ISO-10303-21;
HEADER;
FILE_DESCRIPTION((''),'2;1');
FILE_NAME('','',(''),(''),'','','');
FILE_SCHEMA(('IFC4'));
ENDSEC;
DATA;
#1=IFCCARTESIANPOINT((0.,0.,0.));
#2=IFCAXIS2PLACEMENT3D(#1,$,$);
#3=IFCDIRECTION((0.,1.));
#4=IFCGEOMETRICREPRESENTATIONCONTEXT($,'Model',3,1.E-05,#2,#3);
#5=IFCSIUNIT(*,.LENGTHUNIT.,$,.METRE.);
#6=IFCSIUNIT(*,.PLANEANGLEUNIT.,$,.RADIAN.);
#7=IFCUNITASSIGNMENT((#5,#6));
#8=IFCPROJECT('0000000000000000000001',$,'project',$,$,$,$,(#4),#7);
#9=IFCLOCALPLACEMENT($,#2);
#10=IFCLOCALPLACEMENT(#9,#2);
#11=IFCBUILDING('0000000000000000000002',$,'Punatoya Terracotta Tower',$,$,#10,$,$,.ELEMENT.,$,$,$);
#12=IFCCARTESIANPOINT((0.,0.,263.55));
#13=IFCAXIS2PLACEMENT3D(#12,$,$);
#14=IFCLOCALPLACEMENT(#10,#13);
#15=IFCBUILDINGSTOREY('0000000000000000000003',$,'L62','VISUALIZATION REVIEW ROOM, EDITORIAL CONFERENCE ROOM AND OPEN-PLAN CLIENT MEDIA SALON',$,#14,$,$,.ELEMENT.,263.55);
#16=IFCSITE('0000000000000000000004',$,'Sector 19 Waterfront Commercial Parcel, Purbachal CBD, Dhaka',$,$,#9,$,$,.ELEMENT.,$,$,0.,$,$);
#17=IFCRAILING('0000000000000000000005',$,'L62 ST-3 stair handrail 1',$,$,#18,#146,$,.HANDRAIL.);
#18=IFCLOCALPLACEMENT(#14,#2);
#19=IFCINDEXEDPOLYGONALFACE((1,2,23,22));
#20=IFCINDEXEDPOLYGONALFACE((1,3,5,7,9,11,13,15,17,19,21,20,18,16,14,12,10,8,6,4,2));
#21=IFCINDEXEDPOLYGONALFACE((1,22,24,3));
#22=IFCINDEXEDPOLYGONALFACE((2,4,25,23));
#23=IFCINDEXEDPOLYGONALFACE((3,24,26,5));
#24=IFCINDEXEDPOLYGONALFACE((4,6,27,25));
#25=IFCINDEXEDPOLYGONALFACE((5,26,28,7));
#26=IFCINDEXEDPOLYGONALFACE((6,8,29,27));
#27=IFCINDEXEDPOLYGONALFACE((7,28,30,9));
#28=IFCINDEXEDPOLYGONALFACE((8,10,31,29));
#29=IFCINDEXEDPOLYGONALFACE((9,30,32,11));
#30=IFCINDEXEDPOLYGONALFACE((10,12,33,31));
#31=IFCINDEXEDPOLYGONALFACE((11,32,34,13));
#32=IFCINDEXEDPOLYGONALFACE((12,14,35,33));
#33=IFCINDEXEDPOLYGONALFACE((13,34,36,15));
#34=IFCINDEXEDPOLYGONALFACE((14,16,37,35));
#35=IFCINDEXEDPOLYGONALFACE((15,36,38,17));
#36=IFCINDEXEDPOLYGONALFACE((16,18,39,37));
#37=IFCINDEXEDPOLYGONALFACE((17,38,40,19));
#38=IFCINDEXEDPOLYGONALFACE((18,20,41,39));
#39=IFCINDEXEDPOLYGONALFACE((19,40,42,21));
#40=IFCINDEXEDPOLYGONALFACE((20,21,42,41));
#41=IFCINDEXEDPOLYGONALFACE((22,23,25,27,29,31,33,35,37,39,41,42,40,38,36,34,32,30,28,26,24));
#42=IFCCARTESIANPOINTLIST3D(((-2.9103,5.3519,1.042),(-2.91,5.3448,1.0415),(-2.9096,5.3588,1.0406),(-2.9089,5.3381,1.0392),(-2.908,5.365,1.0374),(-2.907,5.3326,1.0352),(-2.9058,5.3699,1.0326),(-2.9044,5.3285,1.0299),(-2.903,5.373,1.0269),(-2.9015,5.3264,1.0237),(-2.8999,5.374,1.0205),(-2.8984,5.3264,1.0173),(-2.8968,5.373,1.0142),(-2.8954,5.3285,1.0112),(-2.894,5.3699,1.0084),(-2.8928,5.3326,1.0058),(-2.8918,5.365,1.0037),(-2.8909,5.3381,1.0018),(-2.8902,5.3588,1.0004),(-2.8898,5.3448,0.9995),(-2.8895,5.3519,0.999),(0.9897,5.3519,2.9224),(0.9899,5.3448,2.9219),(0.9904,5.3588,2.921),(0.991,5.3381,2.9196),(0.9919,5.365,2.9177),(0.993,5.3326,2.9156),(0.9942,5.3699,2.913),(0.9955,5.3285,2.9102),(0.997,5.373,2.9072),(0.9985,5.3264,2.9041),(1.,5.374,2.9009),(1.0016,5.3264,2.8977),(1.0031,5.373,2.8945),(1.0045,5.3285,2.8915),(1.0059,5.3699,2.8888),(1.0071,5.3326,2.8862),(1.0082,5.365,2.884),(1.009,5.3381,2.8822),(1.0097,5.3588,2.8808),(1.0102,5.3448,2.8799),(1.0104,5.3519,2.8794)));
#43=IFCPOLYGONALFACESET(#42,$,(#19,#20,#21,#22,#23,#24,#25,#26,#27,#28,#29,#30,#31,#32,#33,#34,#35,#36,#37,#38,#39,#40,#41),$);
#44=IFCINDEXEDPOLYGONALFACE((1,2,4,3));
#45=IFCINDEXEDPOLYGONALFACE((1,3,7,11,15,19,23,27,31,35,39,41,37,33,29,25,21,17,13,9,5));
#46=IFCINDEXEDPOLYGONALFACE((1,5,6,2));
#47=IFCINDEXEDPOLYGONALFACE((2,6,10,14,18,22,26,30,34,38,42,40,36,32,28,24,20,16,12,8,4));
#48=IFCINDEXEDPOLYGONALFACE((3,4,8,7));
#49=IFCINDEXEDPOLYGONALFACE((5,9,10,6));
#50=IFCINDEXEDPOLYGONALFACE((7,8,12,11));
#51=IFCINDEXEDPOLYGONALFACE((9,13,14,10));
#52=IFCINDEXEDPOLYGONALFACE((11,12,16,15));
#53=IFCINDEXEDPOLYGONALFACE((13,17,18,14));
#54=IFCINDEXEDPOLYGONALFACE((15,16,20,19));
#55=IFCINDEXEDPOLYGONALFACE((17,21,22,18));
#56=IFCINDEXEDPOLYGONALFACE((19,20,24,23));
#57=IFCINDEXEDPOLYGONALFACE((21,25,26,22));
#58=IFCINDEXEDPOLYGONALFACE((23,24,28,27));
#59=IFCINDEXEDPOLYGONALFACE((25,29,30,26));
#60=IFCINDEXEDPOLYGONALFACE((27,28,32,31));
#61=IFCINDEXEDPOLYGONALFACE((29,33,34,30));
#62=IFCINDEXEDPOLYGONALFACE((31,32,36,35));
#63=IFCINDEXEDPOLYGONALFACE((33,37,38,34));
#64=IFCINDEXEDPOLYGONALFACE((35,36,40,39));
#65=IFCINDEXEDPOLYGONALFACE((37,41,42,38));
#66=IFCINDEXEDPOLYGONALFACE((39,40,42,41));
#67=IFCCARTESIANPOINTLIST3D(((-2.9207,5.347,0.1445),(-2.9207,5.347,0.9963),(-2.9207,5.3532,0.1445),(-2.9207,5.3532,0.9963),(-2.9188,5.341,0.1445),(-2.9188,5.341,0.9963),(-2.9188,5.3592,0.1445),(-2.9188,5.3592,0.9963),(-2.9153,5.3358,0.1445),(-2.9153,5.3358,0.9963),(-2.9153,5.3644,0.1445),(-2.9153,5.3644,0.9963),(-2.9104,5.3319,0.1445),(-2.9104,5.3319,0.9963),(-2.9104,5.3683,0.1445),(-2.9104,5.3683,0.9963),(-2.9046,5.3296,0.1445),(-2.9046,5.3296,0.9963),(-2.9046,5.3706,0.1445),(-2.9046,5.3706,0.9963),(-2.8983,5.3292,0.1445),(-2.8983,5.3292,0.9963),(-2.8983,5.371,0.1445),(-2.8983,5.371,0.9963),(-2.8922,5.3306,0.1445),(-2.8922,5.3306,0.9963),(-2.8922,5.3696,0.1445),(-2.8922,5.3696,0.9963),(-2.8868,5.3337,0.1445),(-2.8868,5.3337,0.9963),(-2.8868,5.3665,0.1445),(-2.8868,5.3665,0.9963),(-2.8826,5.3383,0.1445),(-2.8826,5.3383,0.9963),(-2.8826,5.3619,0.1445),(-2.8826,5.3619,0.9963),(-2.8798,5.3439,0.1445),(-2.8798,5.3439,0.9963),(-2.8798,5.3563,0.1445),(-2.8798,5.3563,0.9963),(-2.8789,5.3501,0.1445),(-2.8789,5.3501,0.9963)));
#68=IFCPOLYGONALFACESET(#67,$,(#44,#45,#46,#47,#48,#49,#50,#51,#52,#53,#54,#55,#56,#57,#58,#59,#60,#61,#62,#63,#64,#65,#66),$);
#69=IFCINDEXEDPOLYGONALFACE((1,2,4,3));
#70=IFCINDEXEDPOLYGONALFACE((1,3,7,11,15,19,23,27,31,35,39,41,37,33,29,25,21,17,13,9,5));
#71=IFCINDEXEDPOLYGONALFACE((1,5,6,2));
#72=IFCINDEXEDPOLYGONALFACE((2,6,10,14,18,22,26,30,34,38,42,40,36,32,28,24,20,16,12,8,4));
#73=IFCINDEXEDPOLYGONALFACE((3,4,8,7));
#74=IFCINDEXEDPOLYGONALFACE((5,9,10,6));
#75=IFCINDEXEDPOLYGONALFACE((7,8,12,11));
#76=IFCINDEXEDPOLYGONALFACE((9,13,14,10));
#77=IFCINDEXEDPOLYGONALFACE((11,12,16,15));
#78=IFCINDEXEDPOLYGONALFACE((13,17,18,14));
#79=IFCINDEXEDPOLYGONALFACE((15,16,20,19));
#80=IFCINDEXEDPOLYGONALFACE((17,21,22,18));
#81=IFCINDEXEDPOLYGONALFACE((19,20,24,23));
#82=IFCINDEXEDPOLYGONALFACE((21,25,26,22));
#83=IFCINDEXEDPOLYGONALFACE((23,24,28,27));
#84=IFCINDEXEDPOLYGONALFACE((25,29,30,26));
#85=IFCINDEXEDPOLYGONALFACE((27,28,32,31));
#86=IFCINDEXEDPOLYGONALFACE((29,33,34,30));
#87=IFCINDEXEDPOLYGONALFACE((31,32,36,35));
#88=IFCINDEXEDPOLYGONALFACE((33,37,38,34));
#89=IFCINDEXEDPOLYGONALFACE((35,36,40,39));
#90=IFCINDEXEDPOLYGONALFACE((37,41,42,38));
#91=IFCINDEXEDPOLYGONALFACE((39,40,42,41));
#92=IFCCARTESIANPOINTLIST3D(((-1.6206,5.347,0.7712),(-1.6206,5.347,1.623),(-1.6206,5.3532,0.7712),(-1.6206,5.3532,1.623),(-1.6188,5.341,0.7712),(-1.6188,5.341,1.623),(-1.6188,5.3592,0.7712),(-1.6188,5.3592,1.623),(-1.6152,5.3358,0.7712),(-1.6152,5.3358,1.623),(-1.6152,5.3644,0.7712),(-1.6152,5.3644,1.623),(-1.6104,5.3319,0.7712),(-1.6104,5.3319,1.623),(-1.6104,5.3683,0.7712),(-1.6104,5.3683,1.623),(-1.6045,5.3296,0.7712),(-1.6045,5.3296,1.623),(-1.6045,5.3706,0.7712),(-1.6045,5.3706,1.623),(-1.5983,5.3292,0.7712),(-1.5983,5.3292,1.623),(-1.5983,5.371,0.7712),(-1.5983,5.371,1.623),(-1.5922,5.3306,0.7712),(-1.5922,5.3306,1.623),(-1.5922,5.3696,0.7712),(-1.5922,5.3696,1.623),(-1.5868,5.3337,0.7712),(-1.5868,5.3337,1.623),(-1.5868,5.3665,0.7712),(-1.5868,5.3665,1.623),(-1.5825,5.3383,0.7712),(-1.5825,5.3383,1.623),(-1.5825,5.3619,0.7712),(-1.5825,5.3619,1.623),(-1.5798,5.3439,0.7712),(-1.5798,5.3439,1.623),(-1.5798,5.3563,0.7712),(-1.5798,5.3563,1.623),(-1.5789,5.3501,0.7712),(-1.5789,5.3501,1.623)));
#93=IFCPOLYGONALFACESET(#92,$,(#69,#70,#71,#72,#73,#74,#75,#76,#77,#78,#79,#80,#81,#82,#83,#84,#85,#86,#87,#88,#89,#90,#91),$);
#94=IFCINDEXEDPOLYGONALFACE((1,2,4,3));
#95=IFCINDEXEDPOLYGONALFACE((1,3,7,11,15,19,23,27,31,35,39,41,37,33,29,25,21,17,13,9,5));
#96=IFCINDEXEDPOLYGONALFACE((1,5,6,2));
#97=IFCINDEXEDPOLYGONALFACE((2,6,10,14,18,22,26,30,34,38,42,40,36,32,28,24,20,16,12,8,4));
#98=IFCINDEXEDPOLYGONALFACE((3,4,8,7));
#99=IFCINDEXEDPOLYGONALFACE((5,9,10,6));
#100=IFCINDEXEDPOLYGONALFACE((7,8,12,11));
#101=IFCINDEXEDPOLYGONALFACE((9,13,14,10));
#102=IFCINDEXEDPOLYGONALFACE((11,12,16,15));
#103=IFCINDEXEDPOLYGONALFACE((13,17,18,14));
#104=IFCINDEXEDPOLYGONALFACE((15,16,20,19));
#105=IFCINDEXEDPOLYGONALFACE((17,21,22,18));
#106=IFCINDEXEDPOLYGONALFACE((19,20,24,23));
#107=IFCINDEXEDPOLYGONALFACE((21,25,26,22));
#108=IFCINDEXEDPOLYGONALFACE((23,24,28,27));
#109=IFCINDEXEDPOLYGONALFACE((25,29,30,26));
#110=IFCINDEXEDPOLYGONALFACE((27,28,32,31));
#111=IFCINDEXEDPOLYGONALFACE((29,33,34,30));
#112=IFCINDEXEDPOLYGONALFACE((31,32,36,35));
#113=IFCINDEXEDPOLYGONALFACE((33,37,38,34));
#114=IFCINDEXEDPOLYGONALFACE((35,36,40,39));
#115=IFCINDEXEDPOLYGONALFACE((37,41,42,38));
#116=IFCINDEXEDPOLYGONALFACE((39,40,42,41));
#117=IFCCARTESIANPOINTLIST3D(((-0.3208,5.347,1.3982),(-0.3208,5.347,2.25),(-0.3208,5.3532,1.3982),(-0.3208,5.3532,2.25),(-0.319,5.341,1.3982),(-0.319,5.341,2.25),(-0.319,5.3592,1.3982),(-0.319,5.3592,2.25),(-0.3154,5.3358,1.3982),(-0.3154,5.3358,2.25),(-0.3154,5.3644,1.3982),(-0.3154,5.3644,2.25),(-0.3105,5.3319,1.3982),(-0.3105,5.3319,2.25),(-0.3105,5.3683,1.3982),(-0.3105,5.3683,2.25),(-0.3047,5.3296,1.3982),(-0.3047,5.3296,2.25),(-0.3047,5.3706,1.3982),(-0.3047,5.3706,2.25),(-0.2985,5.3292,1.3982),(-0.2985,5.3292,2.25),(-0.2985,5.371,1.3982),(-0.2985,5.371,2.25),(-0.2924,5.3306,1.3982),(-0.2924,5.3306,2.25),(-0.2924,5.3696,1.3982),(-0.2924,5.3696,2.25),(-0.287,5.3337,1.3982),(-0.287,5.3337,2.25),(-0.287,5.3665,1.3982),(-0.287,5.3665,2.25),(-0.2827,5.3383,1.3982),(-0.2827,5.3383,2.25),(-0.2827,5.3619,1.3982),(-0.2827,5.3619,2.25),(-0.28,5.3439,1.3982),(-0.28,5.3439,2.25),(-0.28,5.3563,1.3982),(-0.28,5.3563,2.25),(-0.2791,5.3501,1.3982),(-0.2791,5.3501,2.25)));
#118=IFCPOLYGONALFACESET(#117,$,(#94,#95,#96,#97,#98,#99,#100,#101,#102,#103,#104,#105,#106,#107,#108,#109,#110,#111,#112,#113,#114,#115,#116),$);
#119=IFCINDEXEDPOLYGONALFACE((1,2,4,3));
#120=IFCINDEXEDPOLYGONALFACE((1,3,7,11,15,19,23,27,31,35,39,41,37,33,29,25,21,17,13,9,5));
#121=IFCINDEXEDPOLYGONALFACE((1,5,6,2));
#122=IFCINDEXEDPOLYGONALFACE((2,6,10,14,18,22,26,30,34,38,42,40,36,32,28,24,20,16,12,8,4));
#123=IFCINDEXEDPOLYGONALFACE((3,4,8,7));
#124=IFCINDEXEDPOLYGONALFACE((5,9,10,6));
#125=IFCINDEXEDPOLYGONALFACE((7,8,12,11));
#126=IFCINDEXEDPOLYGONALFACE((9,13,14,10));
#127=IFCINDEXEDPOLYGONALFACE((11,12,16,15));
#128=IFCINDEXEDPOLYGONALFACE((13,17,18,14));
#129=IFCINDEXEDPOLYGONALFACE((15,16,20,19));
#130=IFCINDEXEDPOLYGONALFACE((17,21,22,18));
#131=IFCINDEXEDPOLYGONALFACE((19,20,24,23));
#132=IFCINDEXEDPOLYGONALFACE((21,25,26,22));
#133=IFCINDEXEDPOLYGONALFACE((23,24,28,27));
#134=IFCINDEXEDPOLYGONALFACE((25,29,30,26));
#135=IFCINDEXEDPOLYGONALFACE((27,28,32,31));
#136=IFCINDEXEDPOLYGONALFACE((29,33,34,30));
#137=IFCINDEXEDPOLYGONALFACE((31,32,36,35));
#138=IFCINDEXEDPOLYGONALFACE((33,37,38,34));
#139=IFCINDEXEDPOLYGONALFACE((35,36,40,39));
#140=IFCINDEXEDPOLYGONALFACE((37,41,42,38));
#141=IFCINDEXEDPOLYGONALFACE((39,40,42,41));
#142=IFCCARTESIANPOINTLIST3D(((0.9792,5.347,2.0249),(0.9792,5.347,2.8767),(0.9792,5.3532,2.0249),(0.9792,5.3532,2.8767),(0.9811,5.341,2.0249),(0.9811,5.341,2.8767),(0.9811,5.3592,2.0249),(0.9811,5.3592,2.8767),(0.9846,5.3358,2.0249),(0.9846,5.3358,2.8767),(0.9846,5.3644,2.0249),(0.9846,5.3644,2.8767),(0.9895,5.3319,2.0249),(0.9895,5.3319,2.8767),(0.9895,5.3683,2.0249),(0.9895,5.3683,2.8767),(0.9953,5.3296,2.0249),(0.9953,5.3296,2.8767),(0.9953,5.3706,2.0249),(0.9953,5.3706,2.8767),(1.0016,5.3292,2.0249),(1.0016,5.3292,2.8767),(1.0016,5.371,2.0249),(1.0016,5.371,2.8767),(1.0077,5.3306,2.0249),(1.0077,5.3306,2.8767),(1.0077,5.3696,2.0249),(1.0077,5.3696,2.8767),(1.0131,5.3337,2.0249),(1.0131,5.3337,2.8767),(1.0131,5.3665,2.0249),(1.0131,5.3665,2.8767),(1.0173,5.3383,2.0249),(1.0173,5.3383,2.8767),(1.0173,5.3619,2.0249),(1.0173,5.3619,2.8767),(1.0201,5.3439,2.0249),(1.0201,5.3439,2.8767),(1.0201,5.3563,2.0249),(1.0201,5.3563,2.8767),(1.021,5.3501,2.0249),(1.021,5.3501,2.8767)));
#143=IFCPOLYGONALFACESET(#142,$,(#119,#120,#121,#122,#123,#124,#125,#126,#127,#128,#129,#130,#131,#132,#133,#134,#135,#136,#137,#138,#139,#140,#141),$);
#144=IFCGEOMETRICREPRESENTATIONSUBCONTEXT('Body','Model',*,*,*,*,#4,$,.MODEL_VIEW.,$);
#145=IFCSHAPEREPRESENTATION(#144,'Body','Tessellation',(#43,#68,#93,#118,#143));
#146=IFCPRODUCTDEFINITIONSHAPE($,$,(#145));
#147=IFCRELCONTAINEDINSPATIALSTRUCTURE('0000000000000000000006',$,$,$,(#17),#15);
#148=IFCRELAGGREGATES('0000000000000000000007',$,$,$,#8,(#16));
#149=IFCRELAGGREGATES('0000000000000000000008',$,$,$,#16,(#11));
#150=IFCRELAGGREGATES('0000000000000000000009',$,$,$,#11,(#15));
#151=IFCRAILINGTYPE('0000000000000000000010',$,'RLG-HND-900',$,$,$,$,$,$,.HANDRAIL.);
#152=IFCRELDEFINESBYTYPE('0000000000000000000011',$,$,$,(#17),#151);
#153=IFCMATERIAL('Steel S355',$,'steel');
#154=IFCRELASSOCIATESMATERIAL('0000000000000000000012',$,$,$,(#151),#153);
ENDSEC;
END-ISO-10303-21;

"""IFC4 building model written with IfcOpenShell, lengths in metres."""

from ifc_helpers import new_model, si_unit, direction, frame, origin, origin_2d, place, context, subcontext, project, spatial, circle, extrude, material, type_object, element, save


model = new_model("IFC4")

# Units and contexts
model_context = context("Model", 3, precision=1e-05, world=origin(), true_north=direction((0.0, 1.0)))
body_context = subcontext(model_context, "Body", "Model", "MODEL_VIEW")
ifc_project = project(units=[si_unit("LENGTHUNIT", "METRE"), si_unit("PLANEANGLEUNIT", "RADIAN")], contexts=[model_context])

# Site, building, storey
site_placement = place(None, origin())
site = spatial("IfcSite", under=ifc_project, at=site_placement, Name="Sector 19 Waterfront Commercial Parcel, Purbachal CBD, Dhaka", CompositionType="ELEMENT", RefElevation=0.0)
building_placement = place(site_placement, origin())
building = spatial("IfcBuilding", under=site, at=building_placement, Name="Punatoya Terracotta Tower", CompositionType="ELEMENT")
storey_placement = place(building_placement, frame((0.0, 0.0, 263.55)))
storey = spatial("IfcBuildingStorey", under=building, at=storey_placement, Name="L62", Description="VISUALIZATION REVIEW ROOM, EDITORIAL CONFERENCE ROOM AND OPEN-PLAN CLIENT MEDIA SALON", CompositionType="ELEMENT", Elevation=263.55)

# Shared definitions
ifc_material_1 = material(Name="Steel S355", Category="steel")

# Railing
railing_type_1 = type_object("IfcRailingType", Name="RLG-HND-900", PredefinedType="HANDRAIL", material=ifc_material_1)
railing_1_placement = place(storey_placement, frame((-2.8999, 5.3501, 0.1445)))
element("IfcRailing", 1, at=railing_1_placement, inside=storey, type_object=railing_type_1, Name="L62 ST-3 stair handrail 1", PredefinedType="HANDRAIL", context=body_context, shape_type="SweptSolid", body=[
    extrude(circle(Radius=0.0239, at=origin_2d()), frame((0.0, 0.0, 0.876), z_axis=(0.900763, 0.0, 0.434311), x_axis=(0.0, 1.0, 0.0)), (0.0, 0.0, 1.0), 4.3296),
    extrude(circle(Radius=0.021, at=origin_2d()), origin(), (0.0, 0.0, 1.0), 0.8518),
    extrude(circle(Radius=0.021, at=origin_2d()), frame((1.3, 0.0, 0.6267)), (0.0, 0.0, 1.0), 0.8518),
    extrude(circle(Radius=0.021, at=origin_2d()), frame((2.5999, 0.0, 1.2537)), (0.0, 0.0, 1.0), 0.8518),
    extrude(circle(Radius=0.021, at=origin_2d()), frame((3.8999, 0.0, 1.8804)), (0.0, 0.0, 1.0), 0.8518),
])

save(model, "model.ifc")
